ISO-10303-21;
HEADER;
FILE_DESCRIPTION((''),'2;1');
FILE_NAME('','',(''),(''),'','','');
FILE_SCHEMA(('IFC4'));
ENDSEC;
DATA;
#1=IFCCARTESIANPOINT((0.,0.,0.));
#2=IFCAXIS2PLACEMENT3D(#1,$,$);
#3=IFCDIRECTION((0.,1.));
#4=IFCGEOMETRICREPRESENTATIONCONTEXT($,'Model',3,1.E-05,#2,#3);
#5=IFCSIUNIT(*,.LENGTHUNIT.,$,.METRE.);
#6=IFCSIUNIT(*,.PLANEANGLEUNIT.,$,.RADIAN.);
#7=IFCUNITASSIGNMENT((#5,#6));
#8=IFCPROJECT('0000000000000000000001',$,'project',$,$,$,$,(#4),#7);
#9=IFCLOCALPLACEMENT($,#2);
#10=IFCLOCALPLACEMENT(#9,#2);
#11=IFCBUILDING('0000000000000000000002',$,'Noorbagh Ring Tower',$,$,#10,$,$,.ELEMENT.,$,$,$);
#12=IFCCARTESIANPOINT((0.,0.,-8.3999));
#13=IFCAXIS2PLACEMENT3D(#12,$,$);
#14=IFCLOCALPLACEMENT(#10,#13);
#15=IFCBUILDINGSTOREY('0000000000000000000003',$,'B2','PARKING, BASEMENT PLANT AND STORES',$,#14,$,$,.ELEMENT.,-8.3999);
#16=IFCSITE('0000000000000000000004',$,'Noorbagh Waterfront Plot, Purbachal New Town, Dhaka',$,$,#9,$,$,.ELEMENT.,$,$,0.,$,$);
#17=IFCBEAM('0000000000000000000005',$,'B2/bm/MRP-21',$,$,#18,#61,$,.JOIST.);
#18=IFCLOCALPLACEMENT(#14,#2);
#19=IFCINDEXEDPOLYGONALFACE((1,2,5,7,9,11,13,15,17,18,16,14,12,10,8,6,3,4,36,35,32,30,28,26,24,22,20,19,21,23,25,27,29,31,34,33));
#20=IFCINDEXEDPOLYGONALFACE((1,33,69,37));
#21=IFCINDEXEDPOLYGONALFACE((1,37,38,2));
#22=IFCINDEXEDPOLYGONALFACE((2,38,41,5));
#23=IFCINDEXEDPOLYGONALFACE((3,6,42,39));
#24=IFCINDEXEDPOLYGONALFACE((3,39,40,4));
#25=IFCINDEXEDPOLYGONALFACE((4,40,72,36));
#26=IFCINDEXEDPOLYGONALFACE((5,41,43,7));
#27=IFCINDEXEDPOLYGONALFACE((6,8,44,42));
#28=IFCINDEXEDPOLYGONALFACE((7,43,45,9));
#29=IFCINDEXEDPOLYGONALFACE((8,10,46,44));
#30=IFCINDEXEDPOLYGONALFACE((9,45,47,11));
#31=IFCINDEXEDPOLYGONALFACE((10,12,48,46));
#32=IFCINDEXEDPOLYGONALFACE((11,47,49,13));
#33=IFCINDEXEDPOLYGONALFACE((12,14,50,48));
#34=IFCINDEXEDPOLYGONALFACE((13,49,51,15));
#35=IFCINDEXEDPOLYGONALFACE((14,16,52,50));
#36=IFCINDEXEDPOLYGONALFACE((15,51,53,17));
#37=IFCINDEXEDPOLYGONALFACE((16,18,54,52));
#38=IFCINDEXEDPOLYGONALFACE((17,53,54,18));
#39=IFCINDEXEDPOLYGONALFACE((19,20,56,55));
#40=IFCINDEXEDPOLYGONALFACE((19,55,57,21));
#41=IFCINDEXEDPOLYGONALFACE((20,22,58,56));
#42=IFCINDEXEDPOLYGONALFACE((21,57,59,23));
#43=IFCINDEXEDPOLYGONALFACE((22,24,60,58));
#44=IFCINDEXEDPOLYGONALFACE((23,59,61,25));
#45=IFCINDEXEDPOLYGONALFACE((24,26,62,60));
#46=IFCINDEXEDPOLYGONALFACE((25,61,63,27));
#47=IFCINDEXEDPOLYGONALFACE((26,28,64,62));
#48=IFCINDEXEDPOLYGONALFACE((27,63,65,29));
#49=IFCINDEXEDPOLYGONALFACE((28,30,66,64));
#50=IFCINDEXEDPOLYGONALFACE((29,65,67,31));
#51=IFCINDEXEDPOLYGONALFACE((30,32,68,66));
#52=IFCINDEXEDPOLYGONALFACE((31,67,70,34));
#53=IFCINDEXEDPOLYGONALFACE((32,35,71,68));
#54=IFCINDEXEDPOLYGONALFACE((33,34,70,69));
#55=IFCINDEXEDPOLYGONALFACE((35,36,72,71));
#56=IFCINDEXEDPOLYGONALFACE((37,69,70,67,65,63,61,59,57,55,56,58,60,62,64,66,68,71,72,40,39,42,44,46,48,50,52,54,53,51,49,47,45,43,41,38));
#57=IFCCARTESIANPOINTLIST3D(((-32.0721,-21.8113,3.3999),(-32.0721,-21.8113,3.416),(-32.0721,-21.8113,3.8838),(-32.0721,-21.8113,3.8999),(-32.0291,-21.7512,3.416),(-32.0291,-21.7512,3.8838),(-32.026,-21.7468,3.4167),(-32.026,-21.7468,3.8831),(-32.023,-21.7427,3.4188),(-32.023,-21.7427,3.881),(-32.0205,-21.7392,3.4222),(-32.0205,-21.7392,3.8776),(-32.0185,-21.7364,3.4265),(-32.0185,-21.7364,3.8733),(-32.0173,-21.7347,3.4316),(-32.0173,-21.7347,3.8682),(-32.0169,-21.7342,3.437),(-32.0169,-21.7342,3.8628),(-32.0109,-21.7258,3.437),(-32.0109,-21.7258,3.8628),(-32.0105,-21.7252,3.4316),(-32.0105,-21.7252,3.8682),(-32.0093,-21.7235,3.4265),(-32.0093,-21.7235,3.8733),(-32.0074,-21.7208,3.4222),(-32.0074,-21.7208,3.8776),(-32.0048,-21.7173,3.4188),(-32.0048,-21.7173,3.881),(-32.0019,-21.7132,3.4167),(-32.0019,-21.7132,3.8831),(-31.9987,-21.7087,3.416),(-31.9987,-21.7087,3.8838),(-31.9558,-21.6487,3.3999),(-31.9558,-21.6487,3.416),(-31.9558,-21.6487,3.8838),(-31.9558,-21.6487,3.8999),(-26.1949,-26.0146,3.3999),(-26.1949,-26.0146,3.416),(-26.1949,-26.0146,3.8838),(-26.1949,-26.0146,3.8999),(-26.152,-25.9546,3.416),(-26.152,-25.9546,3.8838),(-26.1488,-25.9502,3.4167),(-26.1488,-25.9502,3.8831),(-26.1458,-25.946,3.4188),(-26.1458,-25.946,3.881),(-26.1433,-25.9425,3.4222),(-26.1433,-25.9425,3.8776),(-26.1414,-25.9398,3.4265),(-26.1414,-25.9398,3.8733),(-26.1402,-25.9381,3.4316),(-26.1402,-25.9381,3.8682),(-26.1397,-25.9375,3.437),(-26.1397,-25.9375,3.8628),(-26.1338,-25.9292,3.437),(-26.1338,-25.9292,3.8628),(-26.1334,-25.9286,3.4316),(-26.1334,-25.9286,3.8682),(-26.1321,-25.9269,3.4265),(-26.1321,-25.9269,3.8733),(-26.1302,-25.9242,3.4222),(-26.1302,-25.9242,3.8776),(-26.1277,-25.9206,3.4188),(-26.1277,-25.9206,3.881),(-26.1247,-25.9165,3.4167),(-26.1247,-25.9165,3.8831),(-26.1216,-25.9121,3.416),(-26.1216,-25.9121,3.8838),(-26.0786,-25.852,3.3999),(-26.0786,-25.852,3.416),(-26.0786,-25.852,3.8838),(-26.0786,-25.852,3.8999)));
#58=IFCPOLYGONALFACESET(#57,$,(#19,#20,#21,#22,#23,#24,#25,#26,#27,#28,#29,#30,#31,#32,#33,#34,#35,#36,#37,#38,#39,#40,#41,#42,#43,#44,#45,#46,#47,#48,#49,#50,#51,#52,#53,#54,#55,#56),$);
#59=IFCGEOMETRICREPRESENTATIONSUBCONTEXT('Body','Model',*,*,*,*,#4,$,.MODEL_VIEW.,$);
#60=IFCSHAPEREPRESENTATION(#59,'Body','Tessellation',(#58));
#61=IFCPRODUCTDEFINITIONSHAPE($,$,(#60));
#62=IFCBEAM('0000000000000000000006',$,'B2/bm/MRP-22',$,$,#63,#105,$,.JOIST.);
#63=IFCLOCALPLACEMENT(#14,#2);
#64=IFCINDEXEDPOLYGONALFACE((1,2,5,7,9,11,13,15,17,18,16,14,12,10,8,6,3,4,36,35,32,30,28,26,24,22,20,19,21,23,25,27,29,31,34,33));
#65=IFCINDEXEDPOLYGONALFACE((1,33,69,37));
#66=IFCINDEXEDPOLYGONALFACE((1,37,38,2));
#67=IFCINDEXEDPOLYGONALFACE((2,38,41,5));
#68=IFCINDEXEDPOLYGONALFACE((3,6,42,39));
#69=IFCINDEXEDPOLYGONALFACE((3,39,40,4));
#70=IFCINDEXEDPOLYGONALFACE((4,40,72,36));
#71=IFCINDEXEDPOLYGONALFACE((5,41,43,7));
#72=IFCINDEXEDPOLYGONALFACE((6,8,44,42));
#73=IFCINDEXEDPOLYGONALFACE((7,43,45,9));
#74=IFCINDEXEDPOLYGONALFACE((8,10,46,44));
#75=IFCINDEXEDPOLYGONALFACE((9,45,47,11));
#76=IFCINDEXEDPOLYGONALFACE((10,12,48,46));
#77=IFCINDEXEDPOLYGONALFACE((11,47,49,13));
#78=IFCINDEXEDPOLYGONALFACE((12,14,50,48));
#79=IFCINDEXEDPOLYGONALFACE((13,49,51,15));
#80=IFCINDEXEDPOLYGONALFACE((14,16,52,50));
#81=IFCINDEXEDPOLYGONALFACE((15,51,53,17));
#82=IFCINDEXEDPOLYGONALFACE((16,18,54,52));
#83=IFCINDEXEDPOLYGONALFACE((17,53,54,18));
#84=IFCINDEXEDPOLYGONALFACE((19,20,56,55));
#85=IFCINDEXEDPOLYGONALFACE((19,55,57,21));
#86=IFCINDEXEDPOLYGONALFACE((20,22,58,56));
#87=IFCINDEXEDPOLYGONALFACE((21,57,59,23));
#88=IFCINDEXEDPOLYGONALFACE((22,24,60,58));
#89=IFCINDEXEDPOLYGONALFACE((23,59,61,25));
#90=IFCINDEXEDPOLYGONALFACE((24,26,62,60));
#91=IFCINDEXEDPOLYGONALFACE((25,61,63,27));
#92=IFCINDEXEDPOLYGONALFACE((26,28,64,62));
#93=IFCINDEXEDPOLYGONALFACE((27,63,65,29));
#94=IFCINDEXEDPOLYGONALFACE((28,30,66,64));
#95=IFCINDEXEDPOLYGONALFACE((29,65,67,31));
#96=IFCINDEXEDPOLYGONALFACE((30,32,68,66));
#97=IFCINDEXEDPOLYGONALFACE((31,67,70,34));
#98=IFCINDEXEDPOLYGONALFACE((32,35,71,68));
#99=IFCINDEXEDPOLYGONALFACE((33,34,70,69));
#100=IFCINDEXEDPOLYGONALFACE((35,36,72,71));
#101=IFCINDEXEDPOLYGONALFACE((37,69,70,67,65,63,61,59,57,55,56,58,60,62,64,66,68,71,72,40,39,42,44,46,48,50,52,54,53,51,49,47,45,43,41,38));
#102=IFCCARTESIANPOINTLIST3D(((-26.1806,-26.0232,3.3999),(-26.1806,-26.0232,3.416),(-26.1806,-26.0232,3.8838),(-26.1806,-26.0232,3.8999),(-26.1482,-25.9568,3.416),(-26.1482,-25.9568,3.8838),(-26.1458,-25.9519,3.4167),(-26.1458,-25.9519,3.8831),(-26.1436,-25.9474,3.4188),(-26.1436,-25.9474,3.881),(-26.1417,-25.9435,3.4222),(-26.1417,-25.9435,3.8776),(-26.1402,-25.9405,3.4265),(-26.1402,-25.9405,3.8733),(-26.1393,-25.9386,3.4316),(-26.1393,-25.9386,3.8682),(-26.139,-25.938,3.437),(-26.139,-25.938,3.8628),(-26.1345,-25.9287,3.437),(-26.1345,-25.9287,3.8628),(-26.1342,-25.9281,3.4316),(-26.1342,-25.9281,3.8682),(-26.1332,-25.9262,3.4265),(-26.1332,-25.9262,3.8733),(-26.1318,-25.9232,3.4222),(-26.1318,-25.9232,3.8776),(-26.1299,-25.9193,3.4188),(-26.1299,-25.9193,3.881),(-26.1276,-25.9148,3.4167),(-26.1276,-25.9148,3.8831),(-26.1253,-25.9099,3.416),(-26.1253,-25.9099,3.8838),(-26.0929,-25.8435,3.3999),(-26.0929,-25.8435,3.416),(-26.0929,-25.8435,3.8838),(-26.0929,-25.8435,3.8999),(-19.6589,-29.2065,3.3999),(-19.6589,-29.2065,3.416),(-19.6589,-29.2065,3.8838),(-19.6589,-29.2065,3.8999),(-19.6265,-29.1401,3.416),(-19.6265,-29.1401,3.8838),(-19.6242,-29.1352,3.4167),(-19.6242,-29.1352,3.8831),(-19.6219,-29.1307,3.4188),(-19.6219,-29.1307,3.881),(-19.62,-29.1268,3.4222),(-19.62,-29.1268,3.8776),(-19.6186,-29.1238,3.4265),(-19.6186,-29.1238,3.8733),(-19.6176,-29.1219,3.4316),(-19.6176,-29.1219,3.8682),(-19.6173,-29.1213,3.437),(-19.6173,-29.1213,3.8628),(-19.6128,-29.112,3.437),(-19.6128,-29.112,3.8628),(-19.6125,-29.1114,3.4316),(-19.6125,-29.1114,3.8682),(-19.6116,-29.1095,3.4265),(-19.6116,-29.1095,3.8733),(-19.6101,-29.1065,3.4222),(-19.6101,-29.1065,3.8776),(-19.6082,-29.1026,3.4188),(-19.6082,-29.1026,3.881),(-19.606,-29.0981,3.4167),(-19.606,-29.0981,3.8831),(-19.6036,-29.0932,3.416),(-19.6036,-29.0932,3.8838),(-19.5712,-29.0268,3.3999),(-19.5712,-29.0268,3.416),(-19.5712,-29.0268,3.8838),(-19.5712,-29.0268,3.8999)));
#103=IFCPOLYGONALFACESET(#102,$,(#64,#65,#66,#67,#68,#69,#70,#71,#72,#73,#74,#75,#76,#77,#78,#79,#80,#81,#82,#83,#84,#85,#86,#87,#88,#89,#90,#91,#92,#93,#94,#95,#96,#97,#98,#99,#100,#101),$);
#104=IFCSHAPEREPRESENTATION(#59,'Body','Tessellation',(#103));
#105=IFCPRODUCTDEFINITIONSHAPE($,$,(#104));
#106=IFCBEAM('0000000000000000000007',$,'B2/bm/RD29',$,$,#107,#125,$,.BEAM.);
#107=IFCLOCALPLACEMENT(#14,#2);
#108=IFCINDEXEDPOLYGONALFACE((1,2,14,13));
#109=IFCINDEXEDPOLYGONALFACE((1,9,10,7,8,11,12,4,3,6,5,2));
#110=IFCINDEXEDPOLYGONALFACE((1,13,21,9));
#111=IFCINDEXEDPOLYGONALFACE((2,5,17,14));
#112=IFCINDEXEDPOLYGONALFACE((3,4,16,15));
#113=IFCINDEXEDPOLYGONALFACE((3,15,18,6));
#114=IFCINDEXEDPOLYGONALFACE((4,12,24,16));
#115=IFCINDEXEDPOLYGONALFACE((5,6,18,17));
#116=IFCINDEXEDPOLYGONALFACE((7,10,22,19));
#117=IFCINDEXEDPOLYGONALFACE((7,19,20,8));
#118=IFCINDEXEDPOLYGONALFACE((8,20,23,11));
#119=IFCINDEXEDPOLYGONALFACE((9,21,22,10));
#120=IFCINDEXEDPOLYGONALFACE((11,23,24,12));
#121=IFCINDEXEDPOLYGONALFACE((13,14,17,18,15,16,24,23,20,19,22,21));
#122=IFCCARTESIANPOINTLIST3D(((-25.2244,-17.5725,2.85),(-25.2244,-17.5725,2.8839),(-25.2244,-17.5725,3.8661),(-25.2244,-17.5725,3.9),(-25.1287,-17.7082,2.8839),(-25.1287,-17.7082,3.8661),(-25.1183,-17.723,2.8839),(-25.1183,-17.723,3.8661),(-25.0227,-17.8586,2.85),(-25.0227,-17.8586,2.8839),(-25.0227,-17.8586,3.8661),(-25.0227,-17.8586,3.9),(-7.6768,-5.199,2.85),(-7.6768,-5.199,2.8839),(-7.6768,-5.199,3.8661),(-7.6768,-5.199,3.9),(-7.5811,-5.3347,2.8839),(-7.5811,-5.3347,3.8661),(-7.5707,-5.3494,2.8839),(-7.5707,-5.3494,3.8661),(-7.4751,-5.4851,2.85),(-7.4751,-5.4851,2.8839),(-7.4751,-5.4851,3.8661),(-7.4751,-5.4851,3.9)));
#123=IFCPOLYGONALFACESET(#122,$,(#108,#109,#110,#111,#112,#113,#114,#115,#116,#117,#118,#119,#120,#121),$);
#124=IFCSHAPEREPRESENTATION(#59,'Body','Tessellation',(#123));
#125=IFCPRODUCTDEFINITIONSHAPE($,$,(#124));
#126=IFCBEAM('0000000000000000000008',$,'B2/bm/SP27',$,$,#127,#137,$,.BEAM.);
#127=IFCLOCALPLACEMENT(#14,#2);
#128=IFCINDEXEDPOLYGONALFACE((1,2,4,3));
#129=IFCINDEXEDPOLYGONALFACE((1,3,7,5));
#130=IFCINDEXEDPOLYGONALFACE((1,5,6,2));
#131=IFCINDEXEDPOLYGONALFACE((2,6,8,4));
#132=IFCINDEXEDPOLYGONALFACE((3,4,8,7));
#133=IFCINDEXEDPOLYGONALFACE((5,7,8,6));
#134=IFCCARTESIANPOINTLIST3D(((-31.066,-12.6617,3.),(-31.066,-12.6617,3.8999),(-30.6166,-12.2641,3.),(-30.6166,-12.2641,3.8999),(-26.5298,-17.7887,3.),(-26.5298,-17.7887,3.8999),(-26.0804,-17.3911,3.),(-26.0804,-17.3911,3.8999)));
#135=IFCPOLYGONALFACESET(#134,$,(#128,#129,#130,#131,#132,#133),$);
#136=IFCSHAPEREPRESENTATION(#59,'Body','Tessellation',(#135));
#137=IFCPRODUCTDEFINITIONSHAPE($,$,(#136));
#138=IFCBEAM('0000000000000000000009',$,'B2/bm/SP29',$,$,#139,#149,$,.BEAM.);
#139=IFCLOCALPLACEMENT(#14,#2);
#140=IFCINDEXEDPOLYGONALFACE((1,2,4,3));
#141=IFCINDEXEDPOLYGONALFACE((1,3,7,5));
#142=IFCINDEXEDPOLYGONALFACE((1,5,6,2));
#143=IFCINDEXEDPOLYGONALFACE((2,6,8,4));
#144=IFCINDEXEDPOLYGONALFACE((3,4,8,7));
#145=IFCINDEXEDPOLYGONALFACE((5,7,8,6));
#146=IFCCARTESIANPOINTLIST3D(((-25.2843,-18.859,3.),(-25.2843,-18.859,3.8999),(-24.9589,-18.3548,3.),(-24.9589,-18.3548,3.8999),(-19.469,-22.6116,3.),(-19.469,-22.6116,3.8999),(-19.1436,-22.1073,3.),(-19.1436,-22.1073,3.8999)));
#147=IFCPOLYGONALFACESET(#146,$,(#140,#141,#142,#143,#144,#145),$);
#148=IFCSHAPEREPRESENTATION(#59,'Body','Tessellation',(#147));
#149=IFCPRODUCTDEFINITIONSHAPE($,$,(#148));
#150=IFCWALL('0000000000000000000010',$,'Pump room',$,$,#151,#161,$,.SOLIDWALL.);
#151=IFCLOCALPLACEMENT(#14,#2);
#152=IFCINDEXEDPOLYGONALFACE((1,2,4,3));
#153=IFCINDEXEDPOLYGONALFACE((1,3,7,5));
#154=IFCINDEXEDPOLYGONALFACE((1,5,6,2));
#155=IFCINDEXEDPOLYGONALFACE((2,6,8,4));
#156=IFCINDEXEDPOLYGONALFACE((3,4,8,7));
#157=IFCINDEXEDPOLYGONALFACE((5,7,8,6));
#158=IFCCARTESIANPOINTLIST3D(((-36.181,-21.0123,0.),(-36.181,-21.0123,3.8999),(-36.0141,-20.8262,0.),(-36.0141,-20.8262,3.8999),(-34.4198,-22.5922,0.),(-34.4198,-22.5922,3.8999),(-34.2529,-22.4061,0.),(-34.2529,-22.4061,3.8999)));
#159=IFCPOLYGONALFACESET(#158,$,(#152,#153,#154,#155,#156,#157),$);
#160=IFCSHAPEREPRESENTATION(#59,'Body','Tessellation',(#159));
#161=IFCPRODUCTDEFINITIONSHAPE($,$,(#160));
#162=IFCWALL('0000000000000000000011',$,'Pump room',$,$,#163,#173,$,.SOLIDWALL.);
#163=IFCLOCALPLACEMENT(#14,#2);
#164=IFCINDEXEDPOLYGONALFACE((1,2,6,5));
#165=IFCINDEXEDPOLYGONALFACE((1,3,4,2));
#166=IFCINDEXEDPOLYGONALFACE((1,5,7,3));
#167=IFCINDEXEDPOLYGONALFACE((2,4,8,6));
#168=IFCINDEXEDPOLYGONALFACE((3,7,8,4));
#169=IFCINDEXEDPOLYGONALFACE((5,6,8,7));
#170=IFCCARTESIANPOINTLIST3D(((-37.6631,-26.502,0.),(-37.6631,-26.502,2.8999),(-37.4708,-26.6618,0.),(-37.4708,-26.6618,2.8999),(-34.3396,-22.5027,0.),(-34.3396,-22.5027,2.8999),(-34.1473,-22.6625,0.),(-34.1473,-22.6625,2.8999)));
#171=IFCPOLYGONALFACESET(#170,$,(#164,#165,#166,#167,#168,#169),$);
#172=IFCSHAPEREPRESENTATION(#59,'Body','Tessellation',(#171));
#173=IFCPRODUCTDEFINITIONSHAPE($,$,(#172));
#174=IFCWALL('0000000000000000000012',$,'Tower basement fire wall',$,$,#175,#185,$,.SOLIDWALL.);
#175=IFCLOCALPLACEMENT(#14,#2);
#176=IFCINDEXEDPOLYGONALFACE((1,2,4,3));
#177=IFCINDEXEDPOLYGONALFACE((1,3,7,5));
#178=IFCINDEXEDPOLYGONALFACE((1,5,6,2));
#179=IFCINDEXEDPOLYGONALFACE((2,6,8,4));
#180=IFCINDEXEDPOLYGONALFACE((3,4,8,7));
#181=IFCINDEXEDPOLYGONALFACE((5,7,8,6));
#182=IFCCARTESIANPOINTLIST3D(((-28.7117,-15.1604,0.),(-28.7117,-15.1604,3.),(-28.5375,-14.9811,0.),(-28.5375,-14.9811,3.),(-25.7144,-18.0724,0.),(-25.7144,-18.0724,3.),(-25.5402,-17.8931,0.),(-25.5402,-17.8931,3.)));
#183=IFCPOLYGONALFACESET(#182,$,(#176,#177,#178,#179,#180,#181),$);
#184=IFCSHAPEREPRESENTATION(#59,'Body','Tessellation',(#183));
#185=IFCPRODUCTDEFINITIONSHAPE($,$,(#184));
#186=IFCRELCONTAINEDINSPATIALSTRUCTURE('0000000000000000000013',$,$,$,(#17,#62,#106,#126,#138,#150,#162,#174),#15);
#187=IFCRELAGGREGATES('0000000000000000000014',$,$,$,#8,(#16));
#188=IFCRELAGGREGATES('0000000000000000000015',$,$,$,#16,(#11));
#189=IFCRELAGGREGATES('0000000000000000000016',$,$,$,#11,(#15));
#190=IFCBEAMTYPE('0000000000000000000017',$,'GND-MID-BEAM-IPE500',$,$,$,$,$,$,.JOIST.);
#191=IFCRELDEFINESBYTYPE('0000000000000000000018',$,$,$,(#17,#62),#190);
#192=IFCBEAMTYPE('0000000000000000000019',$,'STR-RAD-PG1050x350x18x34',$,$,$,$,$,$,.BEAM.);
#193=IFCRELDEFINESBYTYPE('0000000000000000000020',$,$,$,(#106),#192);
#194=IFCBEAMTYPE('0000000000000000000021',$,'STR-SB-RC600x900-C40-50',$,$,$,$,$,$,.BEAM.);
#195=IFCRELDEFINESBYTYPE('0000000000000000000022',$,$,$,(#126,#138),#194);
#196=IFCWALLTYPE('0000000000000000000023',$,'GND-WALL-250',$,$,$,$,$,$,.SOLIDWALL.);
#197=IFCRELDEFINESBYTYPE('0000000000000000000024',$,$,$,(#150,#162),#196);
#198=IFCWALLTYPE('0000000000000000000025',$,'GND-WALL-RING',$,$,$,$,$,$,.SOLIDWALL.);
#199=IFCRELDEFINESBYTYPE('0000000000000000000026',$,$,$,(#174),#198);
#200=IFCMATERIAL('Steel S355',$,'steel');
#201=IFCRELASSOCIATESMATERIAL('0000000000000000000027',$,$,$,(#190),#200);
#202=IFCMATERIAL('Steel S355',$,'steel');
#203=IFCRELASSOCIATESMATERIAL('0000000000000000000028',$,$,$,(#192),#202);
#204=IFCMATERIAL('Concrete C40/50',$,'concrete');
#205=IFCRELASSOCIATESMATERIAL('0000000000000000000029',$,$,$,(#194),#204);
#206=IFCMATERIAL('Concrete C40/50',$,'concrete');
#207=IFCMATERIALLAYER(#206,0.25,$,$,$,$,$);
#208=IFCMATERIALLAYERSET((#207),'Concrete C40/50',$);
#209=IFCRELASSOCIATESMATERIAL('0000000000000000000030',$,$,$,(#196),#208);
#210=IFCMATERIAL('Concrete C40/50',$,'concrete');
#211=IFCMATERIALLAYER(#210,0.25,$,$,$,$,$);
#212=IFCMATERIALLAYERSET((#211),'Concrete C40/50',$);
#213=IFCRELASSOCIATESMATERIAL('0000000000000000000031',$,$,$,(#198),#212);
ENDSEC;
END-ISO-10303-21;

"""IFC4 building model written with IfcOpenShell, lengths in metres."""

from ifc_helpers import new_model, si_unit, direction, frame, frame_2d, origin, origin_2d, place, context, subcontext, project, spatial, rectangle, i_section, extrude, material, layer, layer_set, material_profile, profile_set, type_object, element, save


model = new_model("IFC4")

# Units and contexts
model_context = context("Model", 3, precision=1e-05, world=origin(), true_north=direction((0.0, 1.0)))
body_context = subcontext(model_context, "Body", "Model", "MODEL_VIEW")
ifc_project = project(units=[si_unit("LENGTHUNIT", "METRE"), si_unit("PLANEANGLEUNIT", "RADIAN")], contexts=[model_context])

# Site, building, storey
site_placement = place(None, origin())
site = spatial("IfcSite", under=ifc_project, at=site_placement, Name="Noorbagh Waterfront Plot, Purbachal New Town, Dhaka", CompositionType="ELEMENT", RefElevation=0.0)
building_placement = place(site_placement, origin())
building = spatial("IfcBuilding", under=site, at=building_placement, Name="Noorbagh Ring Tower", CompositionType="ELEMENT")
storey_placement = place(building_placement, frame((0.0, 0.0, -8.3999)))
storey = spatial("IfcBuildingStorey", under=building, at=storey_placement, Name="B2", Description="PARKING, BASEMENT PLANT AND STORES", CompositionType="ELEMENT", Elevation=-8.3999)

# Beams
ifc_material_1 = material(Name="Steel S355", Category="steel")
ifc_material_profile_1 = material_profile(ifc_material_1, i_section(OverallWidth=0.2, OverallDepth=0.5, WebThickness=0.0103, FlangeThickness=0.0161, FilletRadius=0.021, at=origin_2d()), Name="IPE500")
ifc_profile_set_1 = profile_set([ifc_material_profile_1], Name="Steel S355")
beam_type_1 = type_object("IfcBeamType", Name="GND-MID-BEAM-IPE500", PredefinedType="JOIST", material=ifc_profile_set_1)
beam_1_placement = place(storey_placement, frame((-32.0139, -21.73, 3.6499), z_axis=(0.813382, -0.58173, 0.0), x_axis=(0.58173, 0.813382, 0.0)))
element("IfcBeam", 1, at=beam_1_placement, inside=storey, type_object=beam_type_1, Name="B2/bm/MRP-21", PredefinedType="JOIST", context=body_context, shape_type="SweptSolid", body=[
    extrude(i_section(OverallWidth=0.2, OverallDepth=0.5, WebThickness=0.0103, FlangeThickness=0.0161, FilletRadius=0.021, at=origin_2d()), origin(), (0.0, 0.0, 1.0), 7.2256),
])
beam_2_placement = place(storey_placement, frame((-26.1367, -25.9333, 3.6499), z_axis=(0.898659, -0.438648, 0.0), x_axis=(0.438648, 0.898659, 0.0)))
element("IfcBeam", 2, at=beam_2_placement, inside=storey, type_object=beam_type_1, Name="B2/bm/MRP-22", PredefinedType="JOIST", context=body_context, shape_type="SweptSolid", body=[
    extrude(i_section(OverallWidth=0.2, OverallDepth=0.5, WebThickness=0.0103, FlangeThickness=0.0161, FilletRadius=0.021, at=origin_2d()), origin(), (0.0, 0.0, 1.0), 7.2571),
])
ifc_material_2 = material(Name="Steel S355", Category="steel")
ifc_material_profile_2 = material_profile(ifc_material_2, i_section(OverallWidth=0.3501, OverallDepth=1.05, WebThickness=0.0181, FlangeThickness=0.0339, at=origin_2d()), Name="PG1050x350x18x34")
ifc_profile_set_2 = profile_set([ifc_material_profile_2], Name="Steel S355")
beam_type_2 = type_object("IfcBeamType", Name="STR-RAD-PG1050x350x18x34", PredefinedType="BEAM", material=ifc_profile_set_2)
beam_3_placement = place(storey_placement, frame((-25.1235, -17.7156, 3.375), z_axis=(0.817253, 0.576279, 0.0), x_axis=(-0.576279, 0.817253, 0.0)))
element("IfcBeam", 3, at=beam_3_placement, inside=storey, type_object=beam_type_2, Name="B2/bm/RD29", PredefinedType="BEAM", context=body_context, shape_type="SweptSolid", body=[
    extrude(i_section(OverallWidth=0.3501, OverallDepth=1.05, WebThickness=0.0181, FlangeThickness=0.0339, at=origin_2d()), origin(), (0.0, 0.0, 1.0), 21.4714),
])
ifc_material_3 = material(Name="Concrete C40/50", Category="concrete")
ifc_material_profile_3 = material_profile(ifc_material_3, rectangle(XDim=0.6001, YDim=0.8999, at=origin_2d()), Name="RC600x900")
ifc_profile_set_3 = profile_set([ifc_material_profile_3], Name="Concrete C40/50")
beam_type_3 = type_object("IfcBeamType", Name="STR-SB-RC600x900-C40-50", PredefinedType="BEAM", material=ifc_profile_set_3)
beam_4_placement = place(storey_placement, frame((-30.8413, -12.4629, 3.45), z_axis=(0.662635, -0.748942, 0.0), x_axis=(0.748942, 0.662635, 0.0)))
element("IfcBeam", 4, at=beam_4_placement, inside=storey, type_object=beam_type_3, Name="B2/bm/SP27", PredefinedType="BEAM", context=body_context, shape_type="SweptSolid", body=[
    extrude(rectangle(XDim=0.6001, YDim=0.8999, at=origin_2d()), origin(), (0.0, 0.0, 1.0), 6.8457),
])
beam_5_placement = place(storey_placement, frame((-25.1216, -18.6069, 3.45), z_axis=(0.84025, -0.542199, 0.0), x_axis=(0.542199, 0.84025, 0.0)))
element("IfcBeam", 5, at=beam_5_placement, inside=storey, type_object=beam_type_3, Name="B2/bm/SP29", PredefinedType="BEAM", context=body_context, shape_type="SweptSolid", body=[
    extrude(rectangle(XDim=0.6001, YDim=0.8999, at=origin_2d()), origin(), (0.0, 0.0, 1.0), 6.9209),
])

# Walls
ifc_material_4 = material(Name="Concrete C40/50", Category="concrete")
ifc_layer_1 = layer(ifc_material_4, 0.25)
ifc_layer_set_1 = layer_set([ifc_layer_1], Name="Concrete C40/50")
wall_type_1 = type_object("IfcWallType", Name="GND-WALL-250", PredefinedType="SOLIDWALL", material=ifc_layer_set_1)
wall_1_placement = place(storey_placement, frame((-36.0977, -20.9192, 0.0), z_axis=(0.0, 0.0, 1.0), x_axis=(0.744401, -0.667732, 0.0)))
element("IfcWall", 6, at=wall_1_placement, inside=storey, type_object=wall_type_1, Name="Pump room", PredefinedType="SOLIDWALL", context=body_context, shape_type="SweptSolid", body=[
    extrude(rectangle(XDim=2.366, YDim=0.25, at=frame_2d((1.1831, 0.0))), origin(), (0.0, 0.0, 1.0), 3.8999),
])
wall_2_placement = place(storey_placement, frame((-34.2434, -22.5825, 0.0), z_axis=(0.0, 0.0, 1.0), x_axis=(-0.639136, -0.769094, 0.0)))
element("IfcWall", 7, at=wall_2_placement, inside=storey, type_object=wall_type_1, Name="Pump room", PredefinedType="SOLIDWALL", context=body_context, shape_type="SweptSolid", body=[
    extrude(rectangle(XDim=5.2, YDim=0.25, at=frame_2d((2.6001, 0.0))), origin(), (0.0, 0.0, 1.0), 2.8999),
])
ifc_material_5 = material(Name="Concrete C40/50", Category="concrete")
ifc_layer_2 = layer(ifc_material_5, 0.25)
ifc_layer_set_2 = layer_set([ifc_layer_2], Name="Concrete C40/50")
wall_type_2 = type_object("IfcWallType", Name="GND-WALL-RING", PredefinedType="SOLIDWALL", material=ifc_layer_set_2)
wall_3_placement = place(storey_placement, frame((-28.6245, -15.0708, 0.0), z_axis=(0.0, 0.0, 1.0), x_axis=(0.717228, -0.696839, 0.0)))
element("IfcWall", 8, at=wall_3_placement, inside=storey, type_object=wall_type_2, Name="Tower basement fire wall", PredefinedType="SOLIDWALL", context=body_context, shape_type="SweptSolid", body=[
    extrude(rectangle(XDim=4.179, YDim=0.25, at=frame_2d((2.0894, 0.0))), origin(), (0.0, 0.0, 1.0), 3.0),
])

save(model, "model.ifc")
